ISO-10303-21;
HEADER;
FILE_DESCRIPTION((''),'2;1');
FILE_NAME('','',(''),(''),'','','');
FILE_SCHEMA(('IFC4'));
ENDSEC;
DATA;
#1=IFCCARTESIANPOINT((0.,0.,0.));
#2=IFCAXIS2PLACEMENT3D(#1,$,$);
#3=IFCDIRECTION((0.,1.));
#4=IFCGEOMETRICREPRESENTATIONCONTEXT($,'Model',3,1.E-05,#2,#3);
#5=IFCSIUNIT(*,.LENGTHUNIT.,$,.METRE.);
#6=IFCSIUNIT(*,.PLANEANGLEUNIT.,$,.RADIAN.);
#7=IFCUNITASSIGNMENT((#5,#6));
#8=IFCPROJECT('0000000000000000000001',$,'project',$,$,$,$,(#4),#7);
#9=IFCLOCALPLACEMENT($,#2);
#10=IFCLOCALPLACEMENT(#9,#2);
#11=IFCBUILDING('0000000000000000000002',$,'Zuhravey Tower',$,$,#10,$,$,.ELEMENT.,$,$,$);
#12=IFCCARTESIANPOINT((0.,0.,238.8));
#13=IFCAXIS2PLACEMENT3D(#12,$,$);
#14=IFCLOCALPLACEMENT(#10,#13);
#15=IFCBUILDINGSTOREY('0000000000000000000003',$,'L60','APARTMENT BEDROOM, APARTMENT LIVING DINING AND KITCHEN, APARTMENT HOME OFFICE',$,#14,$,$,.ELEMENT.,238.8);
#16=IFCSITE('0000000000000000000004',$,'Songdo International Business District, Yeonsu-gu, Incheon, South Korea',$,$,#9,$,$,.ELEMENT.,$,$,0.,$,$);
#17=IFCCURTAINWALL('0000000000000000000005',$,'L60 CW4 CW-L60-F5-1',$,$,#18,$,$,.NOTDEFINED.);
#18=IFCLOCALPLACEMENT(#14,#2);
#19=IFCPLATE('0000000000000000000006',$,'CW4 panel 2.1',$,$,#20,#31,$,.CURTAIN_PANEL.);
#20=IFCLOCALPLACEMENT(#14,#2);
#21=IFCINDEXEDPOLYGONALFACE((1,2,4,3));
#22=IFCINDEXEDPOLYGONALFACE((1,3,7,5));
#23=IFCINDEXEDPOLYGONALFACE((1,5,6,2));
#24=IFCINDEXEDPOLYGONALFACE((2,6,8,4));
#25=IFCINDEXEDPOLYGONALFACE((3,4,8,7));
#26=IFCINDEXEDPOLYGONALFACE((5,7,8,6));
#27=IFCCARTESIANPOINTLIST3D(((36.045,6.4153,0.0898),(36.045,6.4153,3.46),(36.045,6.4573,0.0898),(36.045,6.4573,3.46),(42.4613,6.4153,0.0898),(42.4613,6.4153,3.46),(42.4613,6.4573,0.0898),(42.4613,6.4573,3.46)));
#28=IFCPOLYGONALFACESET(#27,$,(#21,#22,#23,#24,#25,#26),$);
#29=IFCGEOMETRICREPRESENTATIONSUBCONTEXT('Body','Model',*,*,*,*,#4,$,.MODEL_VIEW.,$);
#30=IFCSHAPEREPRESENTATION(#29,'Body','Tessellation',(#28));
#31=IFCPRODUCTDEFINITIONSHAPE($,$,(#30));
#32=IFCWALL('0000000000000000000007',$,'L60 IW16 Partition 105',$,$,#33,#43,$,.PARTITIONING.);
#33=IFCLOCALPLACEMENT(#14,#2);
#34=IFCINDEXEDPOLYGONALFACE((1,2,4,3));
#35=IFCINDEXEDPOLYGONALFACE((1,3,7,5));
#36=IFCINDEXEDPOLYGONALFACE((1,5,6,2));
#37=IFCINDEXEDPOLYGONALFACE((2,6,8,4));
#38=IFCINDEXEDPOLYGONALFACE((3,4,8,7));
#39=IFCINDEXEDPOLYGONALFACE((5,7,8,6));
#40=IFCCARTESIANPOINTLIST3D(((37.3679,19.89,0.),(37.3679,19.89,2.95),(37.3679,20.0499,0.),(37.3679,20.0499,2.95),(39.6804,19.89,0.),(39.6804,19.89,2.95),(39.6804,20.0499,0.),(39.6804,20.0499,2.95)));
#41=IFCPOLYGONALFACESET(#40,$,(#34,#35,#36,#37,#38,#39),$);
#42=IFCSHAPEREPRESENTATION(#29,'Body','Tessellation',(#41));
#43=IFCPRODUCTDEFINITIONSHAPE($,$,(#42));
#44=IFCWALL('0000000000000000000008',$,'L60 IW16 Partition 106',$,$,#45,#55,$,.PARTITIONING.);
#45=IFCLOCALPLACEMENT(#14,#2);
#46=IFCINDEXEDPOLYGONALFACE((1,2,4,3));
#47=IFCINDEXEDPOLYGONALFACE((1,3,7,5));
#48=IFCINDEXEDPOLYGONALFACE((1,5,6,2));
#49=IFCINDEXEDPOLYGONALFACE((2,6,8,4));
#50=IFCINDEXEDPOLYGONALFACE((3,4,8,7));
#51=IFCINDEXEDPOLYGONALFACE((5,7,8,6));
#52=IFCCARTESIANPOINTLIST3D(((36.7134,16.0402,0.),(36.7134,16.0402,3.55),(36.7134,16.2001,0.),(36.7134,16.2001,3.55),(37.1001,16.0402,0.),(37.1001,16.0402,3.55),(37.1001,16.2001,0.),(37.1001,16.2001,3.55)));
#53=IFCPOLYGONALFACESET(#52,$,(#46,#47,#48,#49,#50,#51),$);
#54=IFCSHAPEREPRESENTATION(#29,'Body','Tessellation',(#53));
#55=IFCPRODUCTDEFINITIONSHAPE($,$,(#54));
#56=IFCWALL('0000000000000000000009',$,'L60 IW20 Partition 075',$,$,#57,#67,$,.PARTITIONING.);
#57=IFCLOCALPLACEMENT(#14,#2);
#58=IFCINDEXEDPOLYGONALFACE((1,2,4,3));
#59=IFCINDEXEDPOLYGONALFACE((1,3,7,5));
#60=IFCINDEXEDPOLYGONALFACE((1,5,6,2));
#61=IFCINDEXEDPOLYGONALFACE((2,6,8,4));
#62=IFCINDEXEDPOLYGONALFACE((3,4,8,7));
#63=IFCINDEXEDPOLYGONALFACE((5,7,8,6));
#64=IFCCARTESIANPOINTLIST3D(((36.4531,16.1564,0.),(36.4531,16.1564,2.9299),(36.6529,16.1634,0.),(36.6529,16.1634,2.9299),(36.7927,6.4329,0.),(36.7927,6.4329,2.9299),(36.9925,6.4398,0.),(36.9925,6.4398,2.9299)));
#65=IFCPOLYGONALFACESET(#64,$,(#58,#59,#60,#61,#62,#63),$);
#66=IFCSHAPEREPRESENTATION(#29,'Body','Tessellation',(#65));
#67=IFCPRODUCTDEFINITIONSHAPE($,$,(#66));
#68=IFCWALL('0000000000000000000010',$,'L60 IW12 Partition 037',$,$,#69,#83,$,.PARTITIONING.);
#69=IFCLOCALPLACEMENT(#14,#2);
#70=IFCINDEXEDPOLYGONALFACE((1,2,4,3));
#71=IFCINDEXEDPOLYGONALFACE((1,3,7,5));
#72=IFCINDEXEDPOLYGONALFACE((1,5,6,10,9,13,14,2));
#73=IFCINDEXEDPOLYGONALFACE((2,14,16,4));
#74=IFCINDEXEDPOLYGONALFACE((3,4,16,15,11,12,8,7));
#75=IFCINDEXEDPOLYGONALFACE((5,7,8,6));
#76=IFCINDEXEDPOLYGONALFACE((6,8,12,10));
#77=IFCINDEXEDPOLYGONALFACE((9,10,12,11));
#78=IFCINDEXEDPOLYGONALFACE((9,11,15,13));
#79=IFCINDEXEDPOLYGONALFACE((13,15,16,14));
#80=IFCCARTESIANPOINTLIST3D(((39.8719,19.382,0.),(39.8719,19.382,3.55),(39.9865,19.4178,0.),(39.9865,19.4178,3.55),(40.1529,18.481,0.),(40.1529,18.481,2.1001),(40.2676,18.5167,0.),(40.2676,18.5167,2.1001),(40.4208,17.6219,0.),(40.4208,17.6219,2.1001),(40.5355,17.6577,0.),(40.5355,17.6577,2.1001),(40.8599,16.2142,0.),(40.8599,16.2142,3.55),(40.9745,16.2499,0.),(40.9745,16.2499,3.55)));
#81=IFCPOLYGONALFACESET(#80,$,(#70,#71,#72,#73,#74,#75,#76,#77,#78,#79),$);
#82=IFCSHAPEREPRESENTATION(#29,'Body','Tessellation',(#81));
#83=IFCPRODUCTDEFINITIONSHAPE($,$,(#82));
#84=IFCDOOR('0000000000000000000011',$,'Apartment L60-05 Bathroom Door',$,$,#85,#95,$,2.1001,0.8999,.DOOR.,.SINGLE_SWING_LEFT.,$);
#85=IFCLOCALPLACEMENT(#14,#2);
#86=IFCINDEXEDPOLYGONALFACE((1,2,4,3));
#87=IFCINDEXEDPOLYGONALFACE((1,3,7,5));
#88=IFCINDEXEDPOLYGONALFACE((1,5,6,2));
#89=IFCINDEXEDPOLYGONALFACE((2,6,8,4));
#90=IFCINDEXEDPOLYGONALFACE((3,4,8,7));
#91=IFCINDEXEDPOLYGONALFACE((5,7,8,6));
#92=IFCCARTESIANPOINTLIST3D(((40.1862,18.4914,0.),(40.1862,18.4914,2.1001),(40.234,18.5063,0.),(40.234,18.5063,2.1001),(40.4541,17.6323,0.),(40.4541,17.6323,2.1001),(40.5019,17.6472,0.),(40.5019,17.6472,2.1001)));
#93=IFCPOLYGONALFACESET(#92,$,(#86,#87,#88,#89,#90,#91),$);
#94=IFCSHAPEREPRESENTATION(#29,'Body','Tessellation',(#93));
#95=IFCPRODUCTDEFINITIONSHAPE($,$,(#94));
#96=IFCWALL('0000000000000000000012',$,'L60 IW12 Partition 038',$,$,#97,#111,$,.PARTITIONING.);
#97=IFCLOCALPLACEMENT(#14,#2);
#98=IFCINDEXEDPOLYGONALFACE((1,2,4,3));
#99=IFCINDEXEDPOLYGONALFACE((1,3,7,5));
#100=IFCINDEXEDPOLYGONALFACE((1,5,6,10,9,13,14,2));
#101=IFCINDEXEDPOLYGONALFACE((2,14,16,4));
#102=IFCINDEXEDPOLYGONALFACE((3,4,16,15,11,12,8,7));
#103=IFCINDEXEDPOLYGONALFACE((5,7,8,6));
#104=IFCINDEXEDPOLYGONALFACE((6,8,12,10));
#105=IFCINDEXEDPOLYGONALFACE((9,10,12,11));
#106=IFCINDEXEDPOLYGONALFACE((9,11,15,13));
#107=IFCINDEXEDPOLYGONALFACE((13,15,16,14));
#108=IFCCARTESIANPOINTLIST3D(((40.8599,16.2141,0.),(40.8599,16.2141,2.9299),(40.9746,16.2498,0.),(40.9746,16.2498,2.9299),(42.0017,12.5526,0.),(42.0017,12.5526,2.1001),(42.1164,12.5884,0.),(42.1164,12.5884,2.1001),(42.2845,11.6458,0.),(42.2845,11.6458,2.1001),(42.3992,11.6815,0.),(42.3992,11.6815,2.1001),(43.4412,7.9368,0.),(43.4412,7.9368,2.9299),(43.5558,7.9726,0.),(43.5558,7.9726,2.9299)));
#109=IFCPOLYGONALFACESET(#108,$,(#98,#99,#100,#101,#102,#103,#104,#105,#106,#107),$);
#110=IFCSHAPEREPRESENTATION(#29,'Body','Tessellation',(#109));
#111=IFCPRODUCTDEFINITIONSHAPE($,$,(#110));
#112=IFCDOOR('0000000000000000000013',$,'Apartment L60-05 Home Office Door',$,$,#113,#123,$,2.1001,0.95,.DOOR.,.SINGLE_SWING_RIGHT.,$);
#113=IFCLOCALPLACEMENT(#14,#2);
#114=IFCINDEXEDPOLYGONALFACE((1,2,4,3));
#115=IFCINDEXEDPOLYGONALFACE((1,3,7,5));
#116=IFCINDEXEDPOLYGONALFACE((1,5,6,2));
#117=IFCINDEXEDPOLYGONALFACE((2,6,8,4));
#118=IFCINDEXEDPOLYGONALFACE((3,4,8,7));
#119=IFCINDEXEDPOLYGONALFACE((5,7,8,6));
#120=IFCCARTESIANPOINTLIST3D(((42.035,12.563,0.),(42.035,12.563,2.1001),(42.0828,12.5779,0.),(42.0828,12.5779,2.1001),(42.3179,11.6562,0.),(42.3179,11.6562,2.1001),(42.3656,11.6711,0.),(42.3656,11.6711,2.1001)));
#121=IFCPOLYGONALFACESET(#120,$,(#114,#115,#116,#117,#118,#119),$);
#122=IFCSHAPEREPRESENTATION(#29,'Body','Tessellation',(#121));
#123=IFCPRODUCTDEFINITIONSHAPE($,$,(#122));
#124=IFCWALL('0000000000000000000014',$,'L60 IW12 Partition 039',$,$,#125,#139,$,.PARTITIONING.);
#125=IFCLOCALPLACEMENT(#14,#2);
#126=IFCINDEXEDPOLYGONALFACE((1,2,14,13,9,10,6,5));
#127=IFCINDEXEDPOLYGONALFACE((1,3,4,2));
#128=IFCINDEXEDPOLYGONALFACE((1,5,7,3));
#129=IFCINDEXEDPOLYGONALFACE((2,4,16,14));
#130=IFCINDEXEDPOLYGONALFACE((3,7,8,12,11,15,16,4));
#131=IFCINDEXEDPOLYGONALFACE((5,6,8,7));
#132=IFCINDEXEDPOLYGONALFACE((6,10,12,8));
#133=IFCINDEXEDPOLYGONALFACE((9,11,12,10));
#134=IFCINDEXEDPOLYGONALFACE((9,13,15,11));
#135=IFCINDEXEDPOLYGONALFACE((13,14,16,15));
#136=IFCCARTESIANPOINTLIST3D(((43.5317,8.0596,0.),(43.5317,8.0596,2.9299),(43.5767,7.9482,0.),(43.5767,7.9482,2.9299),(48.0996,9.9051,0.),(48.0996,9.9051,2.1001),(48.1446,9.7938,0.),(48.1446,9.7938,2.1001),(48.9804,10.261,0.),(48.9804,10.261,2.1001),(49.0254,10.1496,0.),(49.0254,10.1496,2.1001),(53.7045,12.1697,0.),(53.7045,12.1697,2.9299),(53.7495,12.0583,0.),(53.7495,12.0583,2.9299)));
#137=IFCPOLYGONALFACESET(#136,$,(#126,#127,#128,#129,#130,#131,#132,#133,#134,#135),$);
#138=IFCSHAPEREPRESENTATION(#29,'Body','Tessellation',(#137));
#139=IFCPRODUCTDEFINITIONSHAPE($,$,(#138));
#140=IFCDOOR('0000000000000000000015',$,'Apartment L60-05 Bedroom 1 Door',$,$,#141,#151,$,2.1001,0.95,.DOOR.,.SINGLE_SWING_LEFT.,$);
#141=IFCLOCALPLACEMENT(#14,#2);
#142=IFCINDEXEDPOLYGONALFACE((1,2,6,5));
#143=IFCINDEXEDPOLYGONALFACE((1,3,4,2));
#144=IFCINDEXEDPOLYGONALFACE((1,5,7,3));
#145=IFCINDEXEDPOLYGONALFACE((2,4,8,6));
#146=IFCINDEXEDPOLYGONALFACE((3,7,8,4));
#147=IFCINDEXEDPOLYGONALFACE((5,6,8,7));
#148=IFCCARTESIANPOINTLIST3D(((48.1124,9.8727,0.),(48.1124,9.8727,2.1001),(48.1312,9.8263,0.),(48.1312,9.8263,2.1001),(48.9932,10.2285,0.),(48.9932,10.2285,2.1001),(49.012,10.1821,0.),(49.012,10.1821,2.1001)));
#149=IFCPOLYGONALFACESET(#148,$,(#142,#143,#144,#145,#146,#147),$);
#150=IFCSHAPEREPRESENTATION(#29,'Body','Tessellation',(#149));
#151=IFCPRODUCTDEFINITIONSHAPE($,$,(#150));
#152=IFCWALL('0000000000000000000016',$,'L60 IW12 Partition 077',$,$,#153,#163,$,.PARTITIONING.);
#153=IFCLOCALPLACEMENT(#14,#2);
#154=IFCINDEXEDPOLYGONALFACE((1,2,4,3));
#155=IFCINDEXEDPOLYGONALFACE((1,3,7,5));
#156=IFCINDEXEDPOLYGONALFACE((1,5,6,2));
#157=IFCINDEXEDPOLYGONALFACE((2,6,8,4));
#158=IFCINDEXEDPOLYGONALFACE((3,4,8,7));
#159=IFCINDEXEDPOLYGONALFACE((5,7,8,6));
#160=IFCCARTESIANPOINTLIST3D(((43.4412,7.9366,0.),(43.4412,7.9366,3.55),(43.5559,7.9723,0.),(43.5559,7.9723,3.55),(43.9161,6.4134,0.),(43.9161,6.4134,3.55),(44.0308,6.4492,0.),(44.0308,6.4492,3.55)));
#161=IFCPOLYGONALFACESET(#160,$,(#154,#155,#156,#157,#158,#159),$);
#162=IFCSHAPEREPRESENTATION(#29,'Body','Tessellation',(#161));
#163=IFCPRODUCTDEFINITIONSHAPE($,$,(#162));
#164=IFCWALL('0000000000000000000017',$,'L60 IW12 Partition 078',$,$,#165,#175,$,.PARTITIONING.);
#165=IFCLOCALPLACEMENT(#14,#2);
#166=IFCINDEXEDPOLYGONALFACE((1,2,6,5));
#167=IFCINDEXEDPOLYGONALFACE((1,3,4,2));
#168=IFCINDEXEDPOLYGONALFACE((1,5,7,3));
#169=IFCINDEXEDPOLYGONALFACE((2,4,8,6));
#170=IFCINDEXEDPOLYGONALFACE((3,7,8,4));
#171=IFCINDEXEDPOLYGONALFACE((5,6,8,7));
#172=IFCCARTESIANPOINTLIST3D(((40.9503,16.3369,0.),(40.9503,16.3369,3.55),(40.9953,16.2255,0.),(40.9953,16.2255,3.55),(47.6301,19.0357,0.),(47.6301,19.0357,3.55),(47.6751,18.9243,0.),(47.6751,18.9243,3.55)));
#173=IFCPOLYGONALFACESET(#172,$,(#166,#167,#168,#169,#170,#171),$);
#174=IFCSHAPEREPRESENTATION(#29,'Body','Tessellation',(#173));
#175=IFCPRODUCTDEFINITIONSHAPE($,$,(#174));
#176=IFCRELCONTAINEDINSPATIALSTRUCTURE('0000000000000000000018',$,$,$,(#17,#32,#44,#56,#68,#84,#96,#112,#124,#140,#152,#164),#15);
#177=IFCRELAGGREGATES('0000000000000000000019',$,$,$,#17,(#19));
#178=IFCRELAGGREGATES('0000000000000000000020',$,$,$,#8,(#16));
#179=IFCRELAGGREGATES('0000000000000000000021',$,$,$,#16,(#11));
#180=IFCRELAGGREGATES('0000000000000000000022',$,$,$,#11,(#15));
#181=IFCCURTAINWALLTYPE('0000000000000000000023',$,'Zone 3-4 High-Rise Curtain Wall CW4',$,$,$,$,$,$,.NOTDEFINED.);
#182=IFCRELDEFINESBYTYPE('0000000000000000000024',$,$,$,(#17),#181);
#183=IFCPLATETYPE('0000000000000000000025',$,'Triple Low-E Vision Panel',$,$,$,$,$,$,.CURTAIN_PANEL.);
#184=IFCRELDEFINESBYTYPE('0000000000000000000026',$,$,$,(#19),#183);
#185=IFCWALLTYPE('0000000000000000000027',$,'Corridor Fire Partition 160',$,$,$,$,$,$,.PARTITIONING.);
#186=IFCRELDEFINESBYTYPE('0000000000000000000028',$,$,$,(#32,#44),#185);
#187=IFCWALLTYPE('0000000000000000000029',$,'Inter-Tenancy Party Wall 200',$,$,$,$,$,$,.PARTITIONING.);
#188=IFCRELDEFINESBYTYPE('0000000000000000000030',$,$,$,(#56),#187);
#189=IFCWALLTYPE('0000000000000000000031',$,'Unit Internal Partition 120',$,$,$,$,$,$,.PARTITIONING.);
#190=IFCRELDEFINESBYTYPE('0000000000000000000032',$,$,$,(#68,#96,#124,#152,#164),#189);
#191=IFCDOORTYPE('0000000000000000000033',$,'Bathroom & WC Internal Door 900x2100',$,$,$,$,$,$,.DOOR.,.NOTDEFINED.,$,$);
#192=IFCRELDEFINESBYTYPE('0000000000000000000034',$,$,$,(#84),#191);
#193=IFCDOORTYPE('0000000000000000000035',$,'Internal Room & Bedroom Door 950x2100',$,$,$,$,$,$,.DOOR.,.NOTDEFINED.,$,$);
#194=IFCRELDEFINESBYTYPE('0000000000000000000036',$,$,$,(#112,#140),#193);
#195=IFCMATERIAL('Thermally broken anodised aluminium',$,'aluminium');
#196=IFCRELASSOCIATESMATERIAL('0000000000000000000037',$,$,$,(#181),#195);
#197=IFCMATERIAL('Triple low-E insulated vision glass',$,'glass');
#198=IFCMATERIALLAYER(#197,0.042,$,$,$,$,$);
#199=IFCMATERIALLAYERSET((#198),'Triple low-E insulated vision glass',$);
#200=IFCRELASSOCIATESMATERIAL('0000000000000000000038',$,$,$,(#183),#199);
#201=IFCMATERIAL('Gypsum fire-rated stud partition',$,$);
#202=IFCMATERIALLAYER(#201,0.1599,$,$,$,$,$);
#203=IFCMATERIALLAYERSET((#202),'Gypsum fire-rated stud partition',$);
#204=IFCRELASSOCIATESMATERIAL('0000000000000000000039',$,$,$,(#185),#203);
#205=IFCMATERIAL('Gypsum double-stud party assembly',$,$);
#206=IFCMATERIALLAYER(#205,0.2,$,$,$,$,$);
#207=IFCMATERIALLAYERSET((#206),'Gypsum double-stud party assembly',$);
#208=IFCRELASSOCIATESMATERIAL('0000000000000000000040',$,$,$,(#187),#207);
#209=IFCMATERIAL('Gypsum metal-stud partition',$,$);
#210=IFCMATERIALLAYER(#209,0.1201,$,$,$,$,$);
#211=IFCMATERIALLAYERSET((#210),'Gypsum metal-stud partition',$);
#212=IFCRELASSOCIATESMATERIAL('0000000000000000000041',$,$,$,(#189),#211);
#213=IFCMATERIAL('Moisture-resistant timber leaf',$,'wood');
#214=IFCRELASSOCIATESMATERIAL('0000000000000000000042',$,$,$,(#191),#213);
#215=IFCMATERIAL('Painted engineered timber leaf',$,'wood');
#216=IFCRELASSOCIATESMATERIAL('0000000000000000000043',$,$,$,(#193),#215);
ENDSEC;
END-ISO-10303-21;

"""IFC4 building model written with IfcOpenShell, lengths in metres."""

from ifc_helpers import new_model, si_unit, direction, frame, frame_2d, origin, origin_2d, place, context, subcontext, project, spatial, rectangle, extrude, material, layer, layer_set, type_object, element, fill, aggregate, save


model = new_model("IFC4")

# Units and contexts
model_context = context("Model", 3, precision=1e-05, world=origin(), true_north=direction((0.0, 1.0)))
body_context = subcontext(model_context, "Body", "Model", "MODEL_VIEW")
ifc_project = project(units=[si_unit("LENGTHUNIT", "METRE"), si_unit("PLANEANGLEUNIT", "RADIAN")], contexts=[model_context])

# Site, building, storey
site_placement = place(None, origin())
site = spatial("IfcSite", under=ifc_project, at=site_placement, Name="Songdo International Business District, Yeonsu-gu, Incheon, South Korea", CompositionType="ELEMENT", RefElevation=0.0)
building_placement = place(site_placement, origin())
building = spatial("IfcBuilding", under=site, at=building_placement, Name="Zuhravey Tower", CompositionType="ELEMENT")
storey_placement = place(building_placement, frame((0.0, 0.0, 238.8)))
storey = spatial("IfcBuildingStorey", under=building, at=storey_placement, Name="L60", Description="APARTMENT BEDROOM, APARTMENT LIVING DINING AND KITCHEN, APARTMENT HOME OFFICE", CompositionType="ELEMENT", Elevation=238.8)

# Curtain wall
ifc_material_1 = material(Name="Thermally broken anodised aluminium", Category="aluminium")
curtain_wall_type = type_object("IfcCurtainWallType", Name="Zone 3-4 High-Rise Curtain Wall CW4", PredefinedType="NOTDEFINED", material=ifc_material_1)
curtain_wall_placement = place(storey_placement, origin())
curtain_wall = element("IfcCurtainWall", 1, at=curtain_wall_placement, inside=storey, type_object=curtain_wall_type, Name="L60 CW4 CW-L60-F5-1", PredefinedType="NOTDEFINED")

# Plate
ifc_material_2 = material(Name="Triple low-E insulated vision glass", Category="glass")
ifc_layer_1 = layer(ifc_material_2, 0.042)
ifc_layer_set_1 = layer_set([ifc_layer_1], Name="Triple low-E insulated vision glass")
plate_type_1 = type_object("IfcPlateType", Name="Triple Low-E Vision Panel", PredefinedType="CURTAIN_PANEL", material=ifc_layer_set_1)
plate_placement = place(storey_placement, frame((39.2532, 6.4363, 0.0898), z_axis=(0.0, 0.0, 1.0), x_axis=(-1.0, 0.0, 0.0)))
plate = element("IfcPlate", 2, at=plate_placement, type_object=plate_type_1, Name="CW4 panel 2.1", PredefinedType="CURTAIN_PANEL", context=body_context, shape_type="SweptSolid", body=[
    extrude(rectangle(XDim=6.4163, YDim=0.042, at=origin_2d()), origin(), (0.0, 0.0, 1.0), 3.3701),
])
aggregate(curtain_wall, [plate])

# Shared definitions
ifc_material_3 = material(Name="Gypsum fire-rated stud partition")
ifc_layer_2 = layer(ifc_material_3, 0.1599)
ifc_layer_set_2 = layer_set([ifc_layer_2], Name="Gypsum fire-rated stud partition")
wall_type_1 = type_object("IfcWallType", Name="Corridor Fire Partition 160", PredefinedType="PARTITIONING", material=ifc_layer_set_2)

# Walls
wall_1_placement = place(storey_placement, frame((37.3679, 19.97, 0.0), z_axis=(0.0, 0.0, 1.0), x_axis=(1.0, 0.0, 0.0)))
element("IfcWall", 3, at=wall_1_placement, inside=storey, type_object=wall_type_1, Name="L60 IW16 Partition 105", PredefinedType="PARTITIONING", context=body_context, shape_type="SweptSolid", body=[
    extrude(rectangle(XDim=2.3125, YDim=0.1599, at=frame_2d((1.1562, 0.0))), origin(), (0.0, 0.0, 1.0), 2.95),
])
wall_2_placement = place(storey_placement, frame((36.7134, 16.1201, 0.0), z_axis=(0.0, 0.0, 1.0), x_axis=(1.0, 0.0, 0.0)))
element("IfcWall", 4, at=wall_2_placement, inside=storey, type_object=wall_type_1, Name="L60 IW16 Partition 106", PredefinedType="PARTITIONING", context=body_context, shape_type="SweptSolid", body=[
    extrude(rectangle(XDim=0.3867, YDim=0.1599, at=frame_2d((0.1934, 0.0))), origin(), (0.0, 0.0, 1.0), 3.55),
])
ifc_material_4 = material(Name="Gypsum double-stud party assembly")
ifc_layer_3 = layer(ifc_material_4, 0.2)
ifc_layer_set_3 = layer_set([ifc_layer_3], Name="Gypsum double-stud party assembly")
wall_type_2 = type_object("IfcWallType", Name="Inter-Tenancy Party Wall 200", PredefinedType="PARTITIONING", material=ifc_layer_set_3)
wall_3_placement = place(storey_placement, frame((36.553, 16.1599, 0.0), z_axis=(0.0, 0.0, 1.0), x_axis=(0.034904, -0.999391, 0.0)))
element("IfcWall", 5, at=wall_3_placement, inside=storey, type_object=wall_type_2, Name="L60 IW20 Partition 075", PredefinedType="PARTITIONING", context=body_context, shape_type="SweptSolid", body=[
    extrude(rectangle(XDim=9.7295, YDim=0.2, at=frame_2d((4.8647, 0.0))), origin(), (0.0, 0.0, 1.0), 2.9299),
])

# Walls, openings, doors
ifc_material_5 = material(Name="Gypsum metal-stud partition")
ifc_layer_4 = layer(ifc_material_5, 0.1201)
ifc_layer_set_4 = layer_set([ifc_layer_4], Name="Gypsum metal-stud partition")
wall_type_3 = type_object("IfcWallType", Name="Unit Internal Partition 120", PredefinedType="PARTITIONING", material=ifc_layer_set_4)
wall_4_placement = place(storey_placement, frame((39.9292, 19.3999, 0.0), z_axis=(0.0, 0.0, 1.0), x_axis=(0.297739, -0.954647, 0.0)))
wall_4 = element("IfcWall", 6, at=wall_4_placement, inside=storey, type_object=wall_type_3, Name="L60 IW12 Partition 037", PredefinedType="PARTITIONING", context=body_context, shape_type="SweptSolid", body=[
    extrude(rectangle(XDim=3.3184, YDim=0.1201, at=frame_2d((1.6592, 0.0))), origin(), (0.0, 0.0, 1.0), 3.55),
])
opening_1_placement = place(wall_4_placement, frame((0.9438, 0.0, 0.0)))
opening_1 = element("IfcOpeningElement", 7, at=opening_1_placement, cuts=wall_4, PredefinedType="OPENING", context=body_context, shape_type="SweptSolid", body=[
    extrude(rectangle(XDim=0.8999, YDim=2.1001, at=frame_2d((0.45, 1.05))), frame((0.0, 0.072, 0.0), z_axis=(0.0, -1.0, 0.0), x_axis=(1.0, 0.0, 0.0)), (0.0, 0.0, 1.0), 0.144),
])
ifc_material_6 = material(Name="Moisture-resistant timber leaf", Category="wood")
door_type_1 = type_object("IfcDoorType", Name="Bathroom & WC Internal Door 900x2100", OperationType="NOTDEFINED", PredefinedType="DOOR", material=ifc_material_6)
door_1_placement = place(opening_1_placement, origin())
door_1 = element("IfcDoor", 8, at=door_1_placement, inside=storey, type_object=door_type_1, Name="Apartment L60-05 Bathroom Door", OperationType="SINGLE_SWING_LEFT", OverallHeight=2.1001, OverallWidth=0.8999, PredefinedType="DOOR", context=body_context, shape_type="SweptSolid", body=[
    extrude(rectangle(XDim=0.8999, YDim=2.1001, at=frame_2d((0.45, 1.05))), frame((0.0, 0.0249, 0.0), z_axis=(0.0, -1.0, 0.0), x_axis=(1.0, 0.0, 0.0)), (0.0, 0.0, 1.0), 0.05),
])
fill(opening_1, door_1)
wall_5_placement = place(storey_placement, frame((40.9172, 16.2319, 0.0), z_axis=(0.0, 0.0, 1.0), x_axis=(0.297711, -0.954656, 0.0)))
wall_5 = element("IfcWall", 9, at=wall_5_placement, inside=storey, type_object=wall_type_3, Name="L60 IW12 Partition 038", PredefinedType="PARTITIONING", context=body_context, shape_type="SweptSolid", body=[
    extrude(rectangle(XDim=8.6704, YDim=0.1201, at=frame_2d((4.3352, 0.0))), origin(), (0.0, 0.0, 1.0), 2.9299),
])
opening_2_placement = place(wall_5_placement, frame((3.8352, 0.0, 0.0)))
opening_2 = element("IfcOpeningElement", 10, at=opening_2_placement, cuts=wall_5, PredefinedType="OPENING", context=body_context, shape_type="SweptSolid", body=[
    extrude(rectangle(XDim=0.95, YDim=2.1001, at=frame_2d((0.4751, 1.05))), frame((0.0, 0.072, 0.0), z_axis=(0.0, -1.0, 0.0), x_axis=(1.0, 0.0, 0.0)), (0.0, 0.0, 1.0), 0.144),
])
ifc_material_7 = material(Name="Painted engineered timber leaf", Category="wood")
door_type_2 = type_object("IfcDoorType", Name="Internal Room & Bedroom Door 950x2100", OperationType="NOTDEFINED", PredefinedType="DOOR", material=ifc_material_7)
door_2_placement = place(opening_2_placement, origin())
door_2 = element("IfcDoor", 11, at=door_2_placement, inside=storey, type_object=door_type_2, Name="Apartment L60-05 Home Office Door", OperationType="SINGLE_SWING_RIGHT", OverallHeight=2.1001, OverallWidth=0.95, PredefinedType="DOOR", context=body_context, shape_type="SweptSolid", body=[
    extrude(rectangle(XDim=0.95, YDim=2.1001, at=frame_2d((0.4751, 1.05))), frame((0.0, 0.0249, 0.0), z_axis=(0.0, -1.0, 0.0), x_axis=(1.0, 0.0, 0.0)), (0.0, 0.0, 1.0), 0.05),
])
fill(opening_2, door_2)
wall_6_placement = place(storey_placement, frame((43.5542, 8.0039, 0.0), z_axis=(0.0, 0.0, 1.0), x_axis=(0.927184, 0.374607, 0.0)))
wall_6 = element("IfcWall", 12, at=wall_6_placement, inside=storey, type_object=wall_type_3, Name="L60 IW12 Partition 039", PredefinedType="PARTITIONING", context=body_context, shape_type="SweptSolid", body=[
    extrude(rectangle(XDim=10.9717, YDim=0.1201, at=frame_2d((5.4858, 0.0))), origin(), (0.0, 0.0, 1.0), 2.9299),
])
opening_3_placement = place(wall_6_placement, frame((4.9265, 0.0, 0.0)))
opening_3 = element("IfcOpeningElement", 13, at=opening_3_placement, cuts=wall_6, PredefinedType="OPENING", context=body_context, shape_type="SweptSolid", body=[
    extrude(rectangle(XDim=0.95, YDim=2.1001, at=frame_2d((0.4751, 1.05))), frame((0.0, 0.072, 0.0), z_axis=(0.0, -1.0, 0.0), x_axis=(1.0, 0.0, 0.0)), (0.0, 0.0, 1.0), 0.144),
])
door_3_placement = place(opening_3_placement, frame((0.95, 0.0, 0.0), z_axis=(0.0, 0.0, 1.0), x_axis=(-1.0, 0.0, 0.0)))
door_3 = element("IfcDoor", 14, at=door_3_placement, inside=storey, type_object=door_type_2, Name="Apartment L60-05 Bedroom 1 Door", OperationType="SINGLE_SWING_LEFT", OverallHeight=2.1001, OverallWidth=0.95, PredefinedType="DOOR", context=body_context, shape_type="SweptSolid", body=[
    extrude(rectangle(XDim=0.95, YDim=2.1001, at=frame_2d((0.4751, 1.05))), frame((0.0, 0.0249, 0.0), z_axis=(0.0, -1.0, 0.0), x_axis=(1.0, 0.0, 0.0)), (0.0, 0.0, 1.0), 0.05),
])
fill(opening_3, door_3)

# Walls
wall_7_placement = place(storey_placement, frame((43.4985, 7.9546, 0.0), z_axis=(0.0, 0.0, 1.0), x_axis=(0.297621, -0.954684, 0.0)))
element("IfcWall", 15, at=wall_7_placement, inside=storey, type_object=wall_type_3, Name="L60 IW12 Partition 077", PredefinedType="PARTITIONING", context=body_context, shape_type="SweptSolid", body=[
    extrude(rectangle(XDim=1.5955, YDim=0.1201, at=frame_2d((0.7979, 0.0))), origin(), (0.0, 0.0, 1.0), 3.55),
])
wall_8_placement = place(storey_placement, frame((40.9729, 16.2812, 0.0), z_axis=(0.0, 0.0, 1.0), x_axis=(0.927186, 0.374602, 0.0)))
element("IfcWall", 16, at=wall_8_placement, inside=storey, type_object=wall_type_3, Name="L60 IW12 Partition 078", PredefinedType="PARTITIONING", context=body_context, shape_type="SweptSolid", body=[
    extrude(rectangle(XDim=7.2043, YDim=0.1201, at=frame_2d((3.6021, 0.0))), origin(), (0.0, 0.0, 1.0), 3.55),
])

save(model, "model.ifc")
